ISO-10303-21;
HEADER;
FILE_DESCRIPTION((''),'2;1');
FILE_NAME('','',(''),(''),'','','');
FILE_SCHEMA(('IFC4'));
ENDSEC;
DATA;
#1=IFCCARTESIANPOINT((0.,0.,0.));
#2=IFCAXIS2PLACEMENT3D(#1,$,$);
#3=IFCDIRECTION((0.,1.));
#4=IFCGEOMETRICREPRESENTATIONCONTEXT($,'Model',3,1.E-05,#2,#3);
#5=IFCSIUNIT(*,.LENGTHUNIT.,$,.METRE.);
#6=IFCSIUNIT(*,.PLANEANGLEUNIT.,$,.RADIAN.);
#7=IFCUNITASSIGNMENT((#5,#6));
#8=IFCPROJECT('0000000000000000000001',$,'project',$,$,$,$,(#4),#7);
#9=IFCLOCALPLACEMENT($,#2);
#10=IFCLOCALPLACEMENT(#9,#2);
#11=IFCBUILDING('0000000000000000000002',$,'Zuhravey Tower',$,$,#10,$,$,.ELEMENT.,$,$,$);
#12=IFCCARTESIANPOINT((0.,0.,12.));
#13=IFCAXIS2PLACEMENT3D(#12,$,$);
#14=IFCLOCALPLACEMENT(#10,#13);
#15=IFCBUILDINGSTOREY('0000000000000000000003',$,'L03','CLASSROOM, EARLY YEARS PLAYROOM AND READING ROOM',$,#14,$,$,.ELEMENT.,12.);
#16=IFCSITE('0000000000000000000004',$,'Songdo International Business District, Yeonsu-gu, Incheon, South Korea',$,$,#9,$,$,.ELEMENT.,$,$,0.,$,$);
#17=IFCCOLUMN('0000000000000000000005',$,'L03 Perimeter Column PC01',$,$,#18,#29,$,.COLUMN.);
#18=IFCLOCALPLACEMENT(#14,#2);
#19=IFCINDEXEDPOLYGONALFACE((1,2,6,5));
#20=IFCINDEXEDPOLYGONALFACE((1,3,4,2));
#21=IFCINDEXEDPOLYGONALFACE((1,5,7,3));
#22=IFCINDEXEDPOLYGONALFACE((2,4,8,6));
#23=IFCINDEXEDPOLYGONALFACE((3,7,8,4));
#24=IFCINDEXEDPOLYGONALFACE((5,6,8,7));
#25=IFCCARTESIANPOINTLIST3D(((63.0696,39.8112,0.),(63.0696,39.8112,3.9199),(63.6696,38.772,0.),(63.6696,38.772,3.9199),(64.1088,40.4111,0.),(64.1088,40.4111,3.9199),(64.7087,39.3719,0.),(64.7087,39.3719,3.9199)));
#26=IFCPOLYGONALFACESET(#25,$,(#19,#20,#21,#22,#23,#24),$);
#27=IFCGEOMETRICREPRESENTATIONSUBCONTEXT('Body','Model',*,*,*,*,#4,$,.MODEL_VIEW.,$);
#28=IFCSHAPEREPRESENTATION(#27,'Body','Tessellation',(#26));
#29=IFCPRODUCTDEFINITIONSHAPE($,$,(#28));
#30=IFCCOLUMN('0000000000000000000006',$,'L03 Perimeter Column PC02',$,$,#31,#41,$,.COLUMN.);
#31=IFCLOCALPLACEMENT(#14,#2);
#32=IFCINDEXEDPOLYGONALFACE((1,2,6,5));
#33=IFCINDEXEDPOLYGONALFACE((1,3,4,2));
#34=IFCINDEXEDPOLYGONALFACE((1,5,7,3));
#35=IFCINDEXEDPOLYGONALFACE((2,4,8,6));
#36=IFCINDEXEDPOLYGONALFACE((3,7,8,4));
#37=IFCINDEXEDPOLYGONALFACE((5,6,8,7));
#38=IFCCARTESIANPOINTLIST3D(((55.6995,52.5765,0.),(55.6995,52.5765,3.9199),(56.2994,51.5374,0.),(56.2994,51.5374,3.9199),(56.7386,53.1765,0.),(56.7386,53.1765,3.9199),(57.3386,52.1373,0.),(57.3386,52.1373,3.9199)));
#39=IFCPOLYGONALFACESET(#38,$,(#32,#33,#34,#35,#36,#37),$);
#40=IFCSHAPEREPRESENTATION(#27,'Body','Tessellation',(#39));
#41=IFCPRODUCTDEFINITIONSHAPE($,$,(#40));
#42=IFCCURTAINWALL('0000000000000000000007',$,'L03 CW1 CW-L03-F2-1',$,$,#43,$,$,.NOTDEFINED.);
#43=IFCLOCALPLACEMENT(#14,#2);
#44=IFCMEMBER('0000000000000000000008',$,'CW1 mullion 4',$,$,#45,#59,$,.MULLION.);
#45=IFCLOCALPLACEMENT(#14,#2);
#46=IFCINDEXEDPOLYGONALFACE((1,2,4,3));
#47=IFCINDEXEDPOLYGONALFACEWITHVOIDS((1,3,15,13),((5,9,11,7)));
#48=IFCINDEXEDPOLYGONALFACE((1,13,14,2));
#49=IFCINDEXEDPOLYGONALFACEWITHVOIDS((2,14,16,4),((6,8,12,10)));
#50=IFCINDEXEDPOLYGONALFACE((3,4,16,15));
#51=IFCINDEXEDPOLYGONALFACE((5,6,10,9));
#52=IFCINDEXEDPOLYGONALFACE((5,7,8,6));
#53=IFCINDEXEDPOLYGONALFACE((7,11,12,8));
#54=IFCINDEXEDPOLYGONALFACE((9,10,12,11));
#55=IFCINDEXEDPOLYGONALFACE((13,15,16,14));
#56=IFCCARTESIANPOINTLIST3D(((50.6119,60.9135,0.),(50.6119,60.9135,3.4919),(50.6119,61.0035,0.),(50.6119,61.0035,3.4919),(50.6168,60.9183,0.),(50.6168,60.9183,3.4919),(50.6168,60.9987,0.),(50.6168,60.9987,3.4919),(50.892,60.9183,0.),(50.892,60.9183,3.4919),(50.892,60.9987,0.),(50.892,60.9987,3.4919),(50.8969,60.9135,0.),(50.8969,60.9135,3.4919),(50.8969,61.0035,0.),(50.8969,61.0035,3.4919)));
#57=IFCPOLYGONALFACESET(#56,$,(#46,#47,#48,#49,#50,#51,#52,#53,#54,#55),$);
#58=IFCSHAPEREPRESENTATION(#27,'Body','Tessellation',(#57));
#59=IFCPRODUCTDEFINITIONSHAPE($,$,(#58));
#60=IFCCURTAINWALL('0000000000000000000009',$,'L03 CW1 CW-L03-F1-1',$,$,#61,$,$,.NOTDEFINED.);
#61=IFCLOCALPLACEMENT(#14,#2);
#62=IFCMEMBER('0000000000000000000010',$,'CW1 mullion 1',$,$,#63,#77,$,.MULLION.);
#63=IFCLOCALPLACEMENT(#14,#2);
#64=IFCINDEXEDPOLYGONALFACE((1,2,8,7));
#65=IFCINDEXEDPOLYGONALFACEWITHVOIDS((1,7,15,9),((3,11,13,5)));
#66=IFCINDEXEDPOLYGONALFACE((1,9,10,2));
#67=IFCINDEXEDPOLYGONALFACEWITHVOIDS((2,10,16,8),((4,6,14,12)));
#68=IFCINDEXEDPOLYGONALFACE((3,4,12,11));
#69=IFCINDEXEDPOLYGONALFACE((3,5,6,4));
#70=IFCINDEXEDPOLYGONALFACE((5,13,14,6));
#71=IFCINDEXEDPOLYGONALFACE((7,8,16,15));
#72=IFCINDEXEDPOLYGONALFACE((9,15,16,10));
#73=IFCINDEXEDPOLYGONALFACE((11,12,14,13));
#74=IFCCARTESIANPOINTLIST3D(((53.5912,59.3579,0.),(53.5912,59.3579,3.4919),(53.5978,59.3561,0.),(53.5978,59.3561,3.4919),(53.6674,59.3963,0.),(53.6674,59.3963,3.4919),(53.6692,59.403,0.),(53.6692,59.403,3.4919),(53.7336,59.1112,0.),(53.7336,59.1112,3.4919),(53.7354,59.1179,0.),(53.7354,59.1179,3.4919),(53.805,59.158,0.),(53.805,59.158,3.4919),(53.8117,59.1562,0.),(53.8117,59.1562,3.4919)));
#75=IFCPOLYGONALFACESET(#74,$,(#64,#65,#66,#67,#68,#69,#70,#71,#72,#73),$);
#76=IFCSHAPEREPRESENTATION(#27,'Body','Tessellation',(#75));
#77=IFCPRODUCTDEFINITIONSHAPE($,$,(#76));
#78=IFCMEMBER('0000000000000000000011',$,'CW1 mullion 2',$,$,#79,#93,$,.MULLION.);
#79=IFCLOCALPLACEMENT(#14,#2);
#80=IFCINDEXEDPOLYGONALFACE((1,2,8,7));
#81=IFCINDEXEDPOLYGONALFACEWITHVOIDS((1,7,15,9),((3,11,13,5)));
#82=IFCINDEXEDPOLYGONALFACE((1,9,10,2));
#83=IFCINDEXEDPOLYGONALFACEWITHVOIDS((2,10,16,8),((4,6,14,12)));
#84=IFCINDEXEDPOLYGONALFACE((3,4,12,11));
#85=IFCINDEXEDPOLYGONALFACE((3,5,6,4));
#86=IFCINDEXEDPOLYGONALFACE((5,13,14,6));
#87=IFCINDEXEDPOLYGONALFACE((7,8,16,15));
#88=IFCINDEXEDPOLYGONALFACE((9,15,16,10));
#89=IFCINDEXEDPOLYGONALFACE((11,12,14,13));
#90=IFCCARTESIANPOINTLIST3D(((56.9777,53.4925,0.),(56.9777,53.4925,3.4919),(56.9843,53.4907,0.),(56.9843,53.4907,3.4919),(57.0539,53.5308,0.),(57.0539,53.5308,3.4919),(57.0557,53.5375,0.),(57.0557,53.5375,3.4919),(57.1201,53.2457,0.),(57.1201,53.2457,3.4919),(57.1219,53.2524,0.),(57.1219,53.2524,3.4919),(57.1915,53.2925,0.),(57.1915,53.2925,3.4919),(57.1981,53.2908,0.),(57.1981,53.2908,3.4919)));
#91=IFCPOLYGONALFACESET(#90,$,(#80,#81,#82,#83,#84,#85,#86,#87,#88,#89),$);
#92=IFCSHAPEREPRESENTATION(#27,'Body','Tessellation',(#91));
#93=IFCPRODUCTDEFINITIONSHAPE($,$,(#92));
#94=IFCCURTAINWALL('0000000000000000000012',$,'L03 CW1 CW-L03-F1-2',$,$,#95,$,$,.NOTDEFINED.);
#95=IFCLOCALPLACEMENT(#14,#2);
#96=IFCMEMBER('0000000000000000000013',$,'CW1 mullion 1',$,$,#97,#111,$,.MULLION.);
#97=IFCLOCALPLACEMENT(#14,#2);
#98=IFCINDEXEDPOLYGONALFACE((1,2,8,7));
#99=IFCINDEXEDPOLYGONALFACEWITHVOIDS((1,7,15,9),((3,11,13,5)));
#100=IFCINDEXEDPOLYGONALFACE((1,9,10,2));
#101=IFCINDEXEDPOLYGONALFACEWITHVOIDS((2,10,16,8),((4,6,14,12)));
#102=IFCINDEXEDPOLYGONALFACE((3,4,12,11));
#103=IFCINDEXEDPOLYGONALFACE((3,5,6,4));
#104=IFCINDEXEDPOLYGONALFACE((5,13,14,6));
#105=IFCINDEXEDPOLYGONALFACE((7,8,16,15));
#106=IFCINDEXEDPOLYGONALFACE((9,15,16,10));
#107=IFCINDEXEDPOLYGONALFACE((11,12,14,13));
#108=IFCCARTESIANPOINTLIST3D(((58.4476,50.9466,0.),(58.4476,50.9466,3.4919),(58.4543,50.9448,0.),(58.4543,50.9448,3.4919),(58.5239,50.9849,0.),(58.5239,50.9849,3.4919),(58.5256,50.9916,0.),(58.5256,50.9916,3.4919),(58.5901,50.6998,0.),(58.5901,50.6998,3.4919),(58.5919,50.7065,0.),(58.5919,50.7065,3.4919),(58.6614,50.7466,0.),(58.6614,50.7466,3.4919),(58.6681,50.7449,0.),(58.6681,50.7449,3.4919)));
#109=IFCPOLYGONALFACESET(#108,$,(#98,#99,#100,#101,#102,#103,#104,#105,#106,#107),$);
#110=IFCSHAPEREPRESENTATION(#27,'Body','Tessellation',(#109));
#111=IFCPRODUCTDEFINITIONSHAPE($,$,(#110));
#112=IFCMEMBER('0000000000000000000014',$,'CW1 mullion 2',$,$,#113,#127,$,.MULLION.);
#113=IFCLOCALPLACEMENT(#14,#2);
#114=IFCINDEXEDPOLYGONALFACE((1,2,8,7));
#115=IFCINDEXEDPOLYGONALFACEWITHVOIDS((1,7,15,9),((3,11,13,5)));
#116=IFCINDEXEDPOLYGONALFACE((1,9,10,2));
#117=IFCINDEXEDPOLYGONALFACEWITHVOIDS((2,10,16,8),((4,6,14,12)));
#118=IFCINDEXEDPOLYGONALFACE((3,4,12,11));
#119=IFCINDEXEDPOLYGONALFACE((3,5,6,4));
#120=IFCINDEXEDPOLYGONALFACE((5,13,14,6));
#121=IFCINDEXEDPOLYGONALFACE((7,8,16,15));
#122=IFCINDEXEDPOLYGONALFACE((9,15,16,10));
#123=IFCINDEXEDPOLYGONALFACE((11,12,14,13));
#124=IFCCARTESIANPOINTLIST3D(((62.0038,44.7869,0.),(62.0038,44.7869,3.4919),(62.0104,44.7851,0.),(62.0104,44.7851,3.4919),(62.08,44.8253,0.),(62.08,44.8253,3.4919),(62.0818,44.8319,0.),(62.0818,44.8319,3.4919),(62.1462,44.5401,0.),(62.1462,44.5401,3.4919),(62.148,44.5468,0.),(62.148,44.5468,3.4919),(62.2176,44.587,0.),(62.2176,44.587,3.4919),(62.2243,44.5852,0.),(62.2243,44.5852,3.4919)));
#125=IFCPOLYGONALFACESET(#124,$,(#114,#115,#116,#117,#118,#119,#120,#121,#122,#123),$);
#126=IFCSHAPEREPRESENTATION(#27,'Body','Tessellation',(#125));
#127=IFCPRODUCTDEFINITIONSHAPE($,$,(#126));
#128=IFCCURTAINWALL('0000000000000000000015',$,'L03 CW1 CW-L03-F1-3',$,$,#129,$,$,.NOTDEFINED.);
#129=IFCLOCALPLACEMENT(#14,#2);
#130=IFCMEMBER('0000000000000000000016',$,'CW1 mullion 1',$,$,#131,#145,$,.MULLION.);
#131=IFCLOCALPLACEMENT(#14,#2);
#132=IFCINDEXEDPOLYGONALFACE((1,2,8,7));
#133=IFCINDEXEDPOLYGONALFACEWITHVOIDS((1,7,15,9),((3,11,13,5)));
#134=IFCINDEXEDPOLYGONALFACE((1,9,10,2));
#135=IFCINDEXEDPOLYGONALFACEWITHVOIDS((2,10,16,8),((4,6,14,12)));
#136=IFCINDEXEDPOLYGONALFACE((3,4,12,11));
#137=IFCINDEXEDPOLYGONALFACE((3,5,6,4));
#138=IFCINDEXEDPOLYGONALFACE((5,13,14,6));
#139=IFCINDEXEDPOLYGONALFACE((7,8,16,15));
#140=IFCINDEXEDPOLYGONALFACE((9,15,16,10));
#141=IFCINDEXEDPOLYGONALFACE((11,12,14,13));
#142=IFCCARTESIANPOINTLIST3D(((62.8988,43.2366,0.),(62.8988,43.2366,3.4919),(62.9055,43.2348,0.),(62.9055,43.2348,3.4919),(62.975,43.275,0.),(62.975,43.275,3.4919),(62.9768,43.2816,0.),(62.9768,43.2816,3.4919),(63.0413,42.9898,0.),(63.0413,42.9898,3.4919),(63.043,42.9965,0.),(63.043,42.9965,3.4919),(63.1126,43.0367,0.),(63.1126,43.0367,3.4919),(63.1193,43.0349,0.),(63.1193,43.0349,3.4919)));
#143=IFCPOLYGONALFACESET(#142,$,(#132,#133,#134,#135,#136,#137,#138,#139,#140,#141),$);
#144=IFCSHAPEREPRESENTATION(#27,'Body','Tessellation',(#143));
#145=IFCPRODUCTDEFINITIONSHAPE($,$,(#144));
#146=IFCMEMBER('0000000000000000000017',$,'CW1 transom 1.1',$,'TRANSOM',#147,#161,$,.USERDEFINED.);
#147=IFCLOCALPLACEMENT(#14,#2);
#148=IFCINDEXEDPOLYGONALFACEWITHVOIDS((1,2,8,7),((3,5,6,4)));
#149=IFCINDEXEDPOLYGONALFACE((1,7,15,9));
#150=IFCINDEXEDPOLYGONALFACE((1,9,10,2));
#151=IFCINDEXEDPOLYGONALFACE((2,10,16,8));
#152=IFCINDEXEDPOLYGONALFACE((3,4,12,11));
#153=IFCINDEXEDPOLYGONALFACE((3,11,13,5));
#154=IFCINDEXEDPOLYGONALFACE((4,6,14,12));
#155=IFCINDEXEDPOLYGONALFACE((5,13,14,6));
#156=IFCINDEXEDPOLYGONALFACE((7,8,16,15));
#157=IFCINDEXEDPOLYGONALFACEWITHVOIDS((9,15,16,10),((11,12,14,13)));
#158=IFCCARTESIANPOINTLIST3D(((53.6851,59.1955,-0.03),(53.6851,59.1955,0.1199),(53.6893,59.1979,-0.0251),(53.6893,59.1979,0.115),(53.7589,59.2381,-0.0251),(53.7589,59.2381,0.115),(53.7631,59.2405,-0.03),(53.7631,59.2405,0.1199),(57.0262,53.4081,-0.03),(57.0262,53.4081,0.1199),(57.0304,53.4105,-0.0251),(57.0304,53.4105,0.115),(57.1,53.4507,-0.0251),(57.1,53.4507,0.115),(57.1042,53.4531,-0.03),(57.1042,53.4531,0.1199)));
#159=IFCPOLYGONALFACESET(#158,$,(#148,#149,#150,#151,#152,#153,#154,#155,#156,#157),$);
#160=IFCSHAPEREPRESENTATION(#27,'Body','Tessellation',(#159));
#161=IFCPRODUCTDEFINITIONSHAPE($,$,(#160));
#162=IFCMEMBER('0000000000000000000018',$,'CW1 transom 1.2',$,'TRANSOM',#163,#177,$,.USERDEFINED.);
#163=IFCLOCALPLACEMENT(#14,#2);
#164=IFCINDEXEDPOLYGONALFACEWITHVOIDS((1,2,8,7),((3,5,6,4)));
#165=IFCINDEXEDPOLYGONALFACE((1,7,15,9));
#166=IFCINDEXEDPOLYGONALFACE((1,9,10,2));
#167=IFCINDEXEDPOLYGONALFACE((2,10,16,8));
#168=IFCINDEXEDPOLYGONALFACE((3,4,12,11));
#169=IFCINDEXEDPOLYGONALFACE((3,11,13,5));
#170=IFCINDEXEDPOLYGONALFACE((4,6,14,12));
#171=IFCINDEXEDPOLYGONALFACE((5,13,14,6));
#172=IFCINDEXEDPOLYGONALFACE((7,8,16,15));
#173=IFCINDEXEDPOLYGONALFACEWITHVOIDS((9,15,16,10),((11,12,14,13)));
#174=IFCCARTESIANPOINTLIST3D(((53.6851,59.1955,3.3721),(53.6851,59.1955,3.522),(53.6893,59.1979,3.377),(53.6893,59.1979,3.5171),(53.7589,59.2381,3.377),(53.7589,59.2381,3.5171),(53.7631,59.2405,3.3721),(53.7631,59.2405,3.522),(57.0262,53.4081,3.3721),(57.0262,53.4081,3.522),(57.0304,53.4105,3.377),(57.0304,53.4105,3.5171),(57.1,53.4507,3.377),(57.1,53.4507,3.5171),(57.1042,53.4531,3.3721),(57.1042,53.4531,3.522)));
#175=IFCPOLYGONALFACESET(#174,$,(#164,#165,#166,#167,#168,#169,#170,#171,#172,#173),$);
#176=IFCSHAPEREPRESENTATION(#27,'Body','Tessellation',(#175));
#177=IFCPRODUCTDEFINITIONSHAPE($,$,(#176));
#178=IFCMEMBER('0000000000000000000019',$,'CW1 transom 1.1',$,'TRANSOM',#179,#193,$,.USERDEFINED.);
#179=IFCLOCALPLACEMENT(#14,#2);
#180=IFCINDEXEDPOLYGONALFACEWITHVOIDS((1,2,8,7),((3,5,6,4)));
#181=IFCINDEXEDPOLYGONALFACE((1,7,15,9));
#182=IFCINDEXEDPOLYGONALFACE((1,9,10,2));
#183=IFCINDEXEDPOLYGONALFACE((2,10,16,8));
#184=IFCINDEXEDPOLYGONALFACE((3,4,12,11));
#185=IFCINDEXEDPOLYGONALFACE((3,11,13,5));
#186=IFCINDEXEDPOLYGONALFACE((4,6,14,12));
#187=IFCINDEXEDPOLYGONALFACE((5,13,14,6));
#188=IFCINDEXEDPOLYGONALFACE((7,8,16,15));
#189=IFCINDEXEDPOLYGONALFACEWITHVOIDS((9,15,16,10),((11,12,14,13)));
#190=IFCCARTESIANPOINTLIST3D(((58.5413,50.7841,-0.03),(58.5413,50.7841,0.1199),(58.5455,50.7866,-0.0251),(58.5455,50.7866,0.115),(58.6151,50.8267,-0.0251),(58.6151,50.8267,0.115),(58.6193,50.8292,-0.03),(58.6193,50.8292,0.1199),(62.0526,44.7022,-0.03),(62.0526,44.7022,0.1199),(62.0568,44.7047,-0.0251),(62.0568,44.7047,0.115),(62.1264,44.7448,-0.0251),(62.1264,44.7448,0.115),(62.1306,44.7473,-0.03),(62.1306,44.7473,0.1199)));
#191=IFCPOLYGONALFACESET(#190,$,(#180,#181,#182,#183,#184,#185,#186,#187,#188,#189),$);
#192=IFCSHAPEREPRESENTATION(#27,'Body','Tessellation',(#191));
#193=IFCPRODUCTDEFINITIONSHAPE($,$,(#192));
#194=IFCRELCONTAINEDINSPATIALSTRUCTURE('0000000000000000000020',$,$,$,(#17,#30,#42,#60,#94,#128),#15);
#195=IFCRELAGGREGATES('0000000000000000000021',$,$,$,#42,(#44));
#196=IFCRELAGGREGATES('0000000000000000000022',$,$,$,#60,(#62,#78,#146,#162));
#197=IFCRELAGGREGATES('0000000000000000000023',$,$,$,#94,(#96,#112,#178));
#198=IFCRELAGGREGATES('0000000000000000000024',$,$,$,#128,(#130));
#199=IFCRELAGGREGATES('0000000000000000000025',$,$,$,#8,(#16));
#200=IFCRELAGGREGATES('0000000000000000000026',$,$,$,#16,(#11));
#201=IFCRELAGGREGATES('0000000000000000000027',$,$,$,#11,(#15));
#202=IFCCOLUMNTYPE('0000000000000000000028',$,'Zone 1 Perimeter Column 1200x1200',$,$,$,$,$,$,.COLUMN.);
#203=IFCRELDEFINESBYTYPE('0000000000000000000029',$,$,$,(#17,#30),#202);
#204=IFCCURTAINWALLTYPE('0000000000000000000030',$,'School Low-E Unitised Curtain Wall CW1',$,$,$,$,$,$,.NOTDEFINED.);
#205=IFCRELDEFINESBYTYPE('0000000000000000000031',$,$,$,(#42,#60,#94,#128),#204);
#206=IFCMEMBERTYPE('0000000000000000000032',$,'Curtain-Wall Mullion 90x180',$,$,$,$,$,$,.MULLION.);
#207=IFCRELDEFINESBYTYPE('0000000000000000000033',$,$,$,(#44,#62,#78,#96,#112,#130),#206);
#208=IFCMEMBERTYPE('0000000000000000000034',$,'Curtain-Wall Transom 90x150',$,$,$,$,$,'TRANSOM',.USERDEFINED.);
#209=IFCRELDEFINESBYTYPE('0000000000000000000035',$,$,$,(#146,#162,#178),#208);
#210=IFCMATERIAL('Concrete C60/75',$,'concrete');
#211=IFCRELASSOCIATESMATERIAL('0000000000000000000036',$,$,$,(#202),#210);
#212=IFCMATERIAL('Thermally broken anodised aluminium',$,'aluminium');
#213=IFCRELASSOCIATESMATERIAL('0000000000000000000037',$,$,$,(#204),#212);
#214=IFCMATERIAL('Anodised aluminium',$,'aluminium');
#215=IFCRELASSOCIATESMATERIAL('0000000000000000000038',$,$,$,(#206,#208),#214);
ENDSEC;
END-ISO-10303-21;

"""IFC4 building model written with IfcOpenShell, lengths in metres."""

from ifc_helpers import new_model, si_unit, direction, frame, origin, origin_2d, place, context, subcontext, project, spatial, rectangle, hollow_rectangle, extrude, material, material_profile, profile_set, type_object, element, aggregate, save


model = new_model("IFC4")

# Units and contexts
model_context = context("Model", 3, precision=1e-05, world=origin(), true_north=direction((0.0, 1.0)))
body_context = subcontext(model_context, "Body", "Model", "MODEL_VIEW")
ifc_project = project(units=[si_unit("LENGTHUNIT", "METRE"), si_unit("PLANEANGLEUNIT", "RADIAN")], contexts=[model_context])

# Site, building, storey
site_placement = place(None, origin())
site = spatial("IfcSite", under=ifc_project, at=site_placement, Name="Songdo International Business District, Yeonsu-gu, Incheon, South Korea", CompositionType="ELEMENT", RefElevation=0.0)
building_placement = place(site_placement, origin())
building = spatial("IfcBuilding", under=site, at=building_placement, Name="Zuhravey Tower", CompositionType="ELEMENT")
storey_placement = place(building_placement, frame((0.0, 0.0, 12.0)))
storey = spatial("IfcBuildingStorey", under=building, at=storey_placement, Name="L03", Description="CLASSROOM, EARLY YEARS PLAYROOM AND READING ROOM", CompositionType="ELEMENT", Elevation=12.0)

# Columns
ifc_material_1 = material(Name="Concrete C60/75", Category="concrete")
ifc_material_profile_1 = material_profile(ifc_material_1, rectangle(XDim=1.2, YDim=1.2, at=origin_2d()), Name="RC-1200x1200")
ifc_profile_set_1 = profile_set([ifc_material_profile_1], Name="Concrete C60/75")
column_type = type_object("IfcColumnType", Name="Zone 1 Perimeter Column 1200x1200", PredefinedType="COLUMN", material=ifc_profile_set_1)
for number, where, z_axis, x_axis, name in (
    (1, (63.8892, 39.5916, 0.0), (0.0, 0.0, 1.0), (-0.5, 0.866025, 0.0), "L03 Perimeter Column PC01"),
    (2, (56.519, 52.3569, 0.0), (0.0, 0.0, 1.0), (-0.5, 0.866025, 0.0), "L03 Perimeter Column PC02"),
):
    element("IfcColumn", number, at=place(storey_placement, frame(where, z_axis=z_axis, x_axis=x_axis)), inside=storey, type_object=column_type, Name=name, PredefinedType="COLUMN", context=body_context, shape_type="SweptSolid", body=[
        extrude(rectangle(XDim=1.2, YDim=1.2, at=origin_2d()), origin(), (0.0, 0.0, 1.0), 3.9199),
    ])

# Curtain wall, member
ifc_material_2 = material(Name="Thermally broken anodised aluminium", Category="aluminium")
curtain_wall_type = type_object("IfcCurtainWallType", Name="School Low-E Unitised Curtain Wall CW1", PredefinedType="NOTDEFINED", material=ifc_material_2)
curtain_wall_1_placement = place(storey_placement, origin())
curtain_wall_1 = element("IfcCurtainWall", 3, at=curtain_wall_1_placement, inside=storey, type_object=curtain_wall_type, Name="L03 CW1 CW-L03-F2-1", PredefinedType="NOTDEFINED")
ifc_material_3 = material(Name="Anodised aluminium", Category="aluminium")
ifc_material_profile_2 = material_profile(ifc_material_3, hollow_rectangle(XDim=0.0901, YDim=0.2849, WallThickness=0.0049, at=origin_2d()), Name="ALU-RHS-90x285x5")
ifc_profile_set_2 = profile_set([ifc_material_profile_2], Name="Anodised aluminium")
member_type_1 = type_object("IfcMemberType", Name="Curtain-Wall Mullion 90x180", PredefinedType="MULLION", material=ifc_profile_set_2)
member_1_placement = place(storey_placement, frame((50.7544, 60.9585, 0.0), z_axis=(0.0, 0.0, 1.0), x_axis=(0.0, 1.0, 0.0)))
member_1 = element("IfcMember", 4, at=member_1_placement, type_object=member_type_1, Name="CW1 mullion 4", PredefinedType="MULLION", context=body_context, shape_type="SweptSolid", body=[
    extrude(hollow_rectangle(XDim=0.0901, YDim=0.2849, WallThickness=0.0049, at=origin_2d()), origin(), (0.0, 0.0, 1.0), 3.4919),
])
aggregate(curtain_wall_1, [member_1])

# Curtain walls, members
curtain_wall_2_placement = place(storey_placement, origin())
curtain_wall_2 = element("IfcCurtainWall", 5, at=curtain_wall_2_placement, inside=storey, type_object=curtain_wall_type, Name="L03 CW1 CW-L03-F1-1", PredefinedType="NOTDEFINED")
member_2_placement = place(storey_placement, frame((53.7014, 59.2571, 0.0), z_axis=(0.0, 0.0, 1.0), x_axis=(0.86603, 0.499993, 0.0)))
member_2 = element("IfcMember", 6, at=member_2_placement, type_object=member_type_1, Name="CW1 mullion 1", PredefinedType="MULLION", context=body_context, shape_type="SweptSolid", body=[
    extrude(hollow_rectangle(XDim=0.0901, YDim=0.2849, WallThickness=0.0049, at=origin_2d()), origin(), (0.0, 0.0, 1.0), 3.4919),
])
member_3_placement = place(storey_placement, frame((57.0879, 53.3916, 0.0), z_axis=(0.0, 0.0, 1.0), x_axis=(0.86603, 0.499993, 0.0)))
member_3 = element("IfcMember", 7, at=member_3_placement, type_object=member_type_1, Name="CW1 mullion 2", PredefinedType="MULLION", context=body_context, shape_type="SweptSolid", body=[
    extrude(hollow_rectangle(XDim=0.0901, YDim=0.2849, WallThickness=0.0049, at=origin_2d()), origin(), (0.0, 0.0, 1.0), 3.4919),
])
curtain_wall_3_placement = place(storey_placement, origin())
curtain_wall_3 = element("IfcCurtainWall", 8, at=curtain_wall_3_placement, inside=storey, type_object=curtain_wall_type, Name="L03 CW1 CW-L03-F1-2", PredefinedType="NOTDEFINED")
member_4_placement = place(storey_placement, frame((58.5579, 50.8457, 0.0), z_axis=(0.0, 0.0, 1.0), x_axis=(0.866024, 0.500002, 0.0)))
member_4 = element("IfcMember", 9, at=member_4_placement, type_object=member_type_1, Name="CW1 mullion 1", PredefinedType="MULLION", context=body_context, shape_type="SweptSolid", body=[
    extrude(hollow_rectangle(XDim=0.0901, YDim=0.2849, WallThickness=0.0049, at=origin_2d()), origin(), (0.0, 0.0, 1.0), 3.4919),
])
member_5_placement = place(storey_placement, frame((62.114, 44.686, 0.0), z_axis=(0.0, 0.0, 1.0), x_axis=(0.866024, 0.500002, 0.0)))
member_5 = element("IfcMember", 10, at=member_5_placement, type_object=member_type_1, Name="CW1 mullion 2", PredefinedType="MULLION", context=body_context, shape_type="SweptSolid", body=[
    extrude(hollow_rectangle(XDim=0.0901, YDim=0.2849, WallThickness=0.0049, at=origin_2d()), origin(), (0.0, 0.0, 1.0), 3.4919),
])

# Curtain wall, member
curtain_wall_4_placement = place(storey_placement, origin())
curtain_wall_4 = element("IfcCurtainWall", 11, at=curtain_wall_4_placement, inside=storey, type_object=curtain_wall_type, Name="L03 CW1 CW-L03-F1-3", PredefinedType="NOTDEFINED")
member_6_placement = place(storey_placement, frame((63.009, 43.1357, 0.0), z_axis=(0.0, 0.0, 1.0), x_axis=(0.866027, 0.499998, 0.0)))
member_6 = element("IfcMember", 12, at=member_6_placement, type_object=member_type_1, Name="CW1 mullion 1", PredefinedType="MULLION", context=body_context, shape_type="SweptSolid", body=[
    extrude(hollow_rectangle(XDim=0.0901, YDim=0.2849, WallThickness=0.0049, at=origin_2d()), origin(), (0.0, 0.0, 1.0), 3.4919),
])

# Members
ifc_material_profile_3 = material_profile(ifc_material_3, hollow_rectangle(XDim=0.0901, YDim=0.1499, WallThickness=0.0049, at=origin_2d()), Name="ALU-RHS-90x150x5")
ifc_profile_set_3 = profile_set([ifc_material_profile_3], Name="Anodised aluminium")
member_type_2 = type_object("IfcMemberType", Name="Curtain-Wall Transom 90x150", ElementType="TRANSOM", PredefinedType="USERDEFINED", material=ifc_profile_set_3)
member_7_placement = place(storey_placement, frame((53.7241, 59.218, 0.0449), z_axis=(0.49997, -0.866043, 0.0), x_axis=(0.866043, 0.49997, 0.0)))
member_7 = element("IfcMember", 13, at=member_7_placement, type_object=member_type_2, Name="CW1 transom 1.1", ObjectType="TRANSOM", PredefinedType="USERDEFINED", context=body_context, shape_type="SweptSolid", body=[
    extrude(hollow_rectangle(XDim=0.0901, YDim=0.1499, WallThickness=0.0049, at=origin_2d()), origin(), (0.0, 0.0, 1.0), 6.6826),
])
member_8_placement = place(storey_placement, frame((53.7241, 59.218, 3.447), z_axis=(0.49997, -0.866043, 0.0), x_axis=(0.866043, 0.49997, 0.0)))
member_8 = element("IfcMember", 14, at=member_8_placement, type_object=member_type_2, Name="CW1 transom 1.2", ObjectType="TRANSOM", PredefinedType="USERDEFINED", context=body_context, shape_type="SweptSolid", body=[
    extrude(hollow_rectangle(XDim=0.0901, YDim=0.1499, WallThickness=0.0049, at=origin_2d()), origin(), (0.0, 0.0, 1.0), 6.6826),
])
member_9_placement = place(storey_placement, frame((58.5803, 50.8066, 0.0449), z_axis=(0.49999, -0.866031, 0.0), x_axis=(0.866031, 0.49999, 0.0)))
member_9 = element("IfcMember", 15, at=member_9_placement, type_object=member_type_2, Name="CW1 transom 1.1", ObjectType="TRANSOM", PredefinedType="USERDEFINED", context=body_context, shape_type="SweptSolid", body=[
    extrude(hollow_rectangle(XDim=0.0901, YDim=0.1499, WallThickness=0.0049, at=origin_2d()), origin(), (0.0, 0.0, 1.0), 7.0227),
])

aggregate(curtain_wall_2, [member_2, member_3, member_7, member_8])
aggregate(curtain_wall_3, [member_4, member_5, member_9])
aggregate(curtain_wall_4, [member_6])

save(model, "model.ifc")
